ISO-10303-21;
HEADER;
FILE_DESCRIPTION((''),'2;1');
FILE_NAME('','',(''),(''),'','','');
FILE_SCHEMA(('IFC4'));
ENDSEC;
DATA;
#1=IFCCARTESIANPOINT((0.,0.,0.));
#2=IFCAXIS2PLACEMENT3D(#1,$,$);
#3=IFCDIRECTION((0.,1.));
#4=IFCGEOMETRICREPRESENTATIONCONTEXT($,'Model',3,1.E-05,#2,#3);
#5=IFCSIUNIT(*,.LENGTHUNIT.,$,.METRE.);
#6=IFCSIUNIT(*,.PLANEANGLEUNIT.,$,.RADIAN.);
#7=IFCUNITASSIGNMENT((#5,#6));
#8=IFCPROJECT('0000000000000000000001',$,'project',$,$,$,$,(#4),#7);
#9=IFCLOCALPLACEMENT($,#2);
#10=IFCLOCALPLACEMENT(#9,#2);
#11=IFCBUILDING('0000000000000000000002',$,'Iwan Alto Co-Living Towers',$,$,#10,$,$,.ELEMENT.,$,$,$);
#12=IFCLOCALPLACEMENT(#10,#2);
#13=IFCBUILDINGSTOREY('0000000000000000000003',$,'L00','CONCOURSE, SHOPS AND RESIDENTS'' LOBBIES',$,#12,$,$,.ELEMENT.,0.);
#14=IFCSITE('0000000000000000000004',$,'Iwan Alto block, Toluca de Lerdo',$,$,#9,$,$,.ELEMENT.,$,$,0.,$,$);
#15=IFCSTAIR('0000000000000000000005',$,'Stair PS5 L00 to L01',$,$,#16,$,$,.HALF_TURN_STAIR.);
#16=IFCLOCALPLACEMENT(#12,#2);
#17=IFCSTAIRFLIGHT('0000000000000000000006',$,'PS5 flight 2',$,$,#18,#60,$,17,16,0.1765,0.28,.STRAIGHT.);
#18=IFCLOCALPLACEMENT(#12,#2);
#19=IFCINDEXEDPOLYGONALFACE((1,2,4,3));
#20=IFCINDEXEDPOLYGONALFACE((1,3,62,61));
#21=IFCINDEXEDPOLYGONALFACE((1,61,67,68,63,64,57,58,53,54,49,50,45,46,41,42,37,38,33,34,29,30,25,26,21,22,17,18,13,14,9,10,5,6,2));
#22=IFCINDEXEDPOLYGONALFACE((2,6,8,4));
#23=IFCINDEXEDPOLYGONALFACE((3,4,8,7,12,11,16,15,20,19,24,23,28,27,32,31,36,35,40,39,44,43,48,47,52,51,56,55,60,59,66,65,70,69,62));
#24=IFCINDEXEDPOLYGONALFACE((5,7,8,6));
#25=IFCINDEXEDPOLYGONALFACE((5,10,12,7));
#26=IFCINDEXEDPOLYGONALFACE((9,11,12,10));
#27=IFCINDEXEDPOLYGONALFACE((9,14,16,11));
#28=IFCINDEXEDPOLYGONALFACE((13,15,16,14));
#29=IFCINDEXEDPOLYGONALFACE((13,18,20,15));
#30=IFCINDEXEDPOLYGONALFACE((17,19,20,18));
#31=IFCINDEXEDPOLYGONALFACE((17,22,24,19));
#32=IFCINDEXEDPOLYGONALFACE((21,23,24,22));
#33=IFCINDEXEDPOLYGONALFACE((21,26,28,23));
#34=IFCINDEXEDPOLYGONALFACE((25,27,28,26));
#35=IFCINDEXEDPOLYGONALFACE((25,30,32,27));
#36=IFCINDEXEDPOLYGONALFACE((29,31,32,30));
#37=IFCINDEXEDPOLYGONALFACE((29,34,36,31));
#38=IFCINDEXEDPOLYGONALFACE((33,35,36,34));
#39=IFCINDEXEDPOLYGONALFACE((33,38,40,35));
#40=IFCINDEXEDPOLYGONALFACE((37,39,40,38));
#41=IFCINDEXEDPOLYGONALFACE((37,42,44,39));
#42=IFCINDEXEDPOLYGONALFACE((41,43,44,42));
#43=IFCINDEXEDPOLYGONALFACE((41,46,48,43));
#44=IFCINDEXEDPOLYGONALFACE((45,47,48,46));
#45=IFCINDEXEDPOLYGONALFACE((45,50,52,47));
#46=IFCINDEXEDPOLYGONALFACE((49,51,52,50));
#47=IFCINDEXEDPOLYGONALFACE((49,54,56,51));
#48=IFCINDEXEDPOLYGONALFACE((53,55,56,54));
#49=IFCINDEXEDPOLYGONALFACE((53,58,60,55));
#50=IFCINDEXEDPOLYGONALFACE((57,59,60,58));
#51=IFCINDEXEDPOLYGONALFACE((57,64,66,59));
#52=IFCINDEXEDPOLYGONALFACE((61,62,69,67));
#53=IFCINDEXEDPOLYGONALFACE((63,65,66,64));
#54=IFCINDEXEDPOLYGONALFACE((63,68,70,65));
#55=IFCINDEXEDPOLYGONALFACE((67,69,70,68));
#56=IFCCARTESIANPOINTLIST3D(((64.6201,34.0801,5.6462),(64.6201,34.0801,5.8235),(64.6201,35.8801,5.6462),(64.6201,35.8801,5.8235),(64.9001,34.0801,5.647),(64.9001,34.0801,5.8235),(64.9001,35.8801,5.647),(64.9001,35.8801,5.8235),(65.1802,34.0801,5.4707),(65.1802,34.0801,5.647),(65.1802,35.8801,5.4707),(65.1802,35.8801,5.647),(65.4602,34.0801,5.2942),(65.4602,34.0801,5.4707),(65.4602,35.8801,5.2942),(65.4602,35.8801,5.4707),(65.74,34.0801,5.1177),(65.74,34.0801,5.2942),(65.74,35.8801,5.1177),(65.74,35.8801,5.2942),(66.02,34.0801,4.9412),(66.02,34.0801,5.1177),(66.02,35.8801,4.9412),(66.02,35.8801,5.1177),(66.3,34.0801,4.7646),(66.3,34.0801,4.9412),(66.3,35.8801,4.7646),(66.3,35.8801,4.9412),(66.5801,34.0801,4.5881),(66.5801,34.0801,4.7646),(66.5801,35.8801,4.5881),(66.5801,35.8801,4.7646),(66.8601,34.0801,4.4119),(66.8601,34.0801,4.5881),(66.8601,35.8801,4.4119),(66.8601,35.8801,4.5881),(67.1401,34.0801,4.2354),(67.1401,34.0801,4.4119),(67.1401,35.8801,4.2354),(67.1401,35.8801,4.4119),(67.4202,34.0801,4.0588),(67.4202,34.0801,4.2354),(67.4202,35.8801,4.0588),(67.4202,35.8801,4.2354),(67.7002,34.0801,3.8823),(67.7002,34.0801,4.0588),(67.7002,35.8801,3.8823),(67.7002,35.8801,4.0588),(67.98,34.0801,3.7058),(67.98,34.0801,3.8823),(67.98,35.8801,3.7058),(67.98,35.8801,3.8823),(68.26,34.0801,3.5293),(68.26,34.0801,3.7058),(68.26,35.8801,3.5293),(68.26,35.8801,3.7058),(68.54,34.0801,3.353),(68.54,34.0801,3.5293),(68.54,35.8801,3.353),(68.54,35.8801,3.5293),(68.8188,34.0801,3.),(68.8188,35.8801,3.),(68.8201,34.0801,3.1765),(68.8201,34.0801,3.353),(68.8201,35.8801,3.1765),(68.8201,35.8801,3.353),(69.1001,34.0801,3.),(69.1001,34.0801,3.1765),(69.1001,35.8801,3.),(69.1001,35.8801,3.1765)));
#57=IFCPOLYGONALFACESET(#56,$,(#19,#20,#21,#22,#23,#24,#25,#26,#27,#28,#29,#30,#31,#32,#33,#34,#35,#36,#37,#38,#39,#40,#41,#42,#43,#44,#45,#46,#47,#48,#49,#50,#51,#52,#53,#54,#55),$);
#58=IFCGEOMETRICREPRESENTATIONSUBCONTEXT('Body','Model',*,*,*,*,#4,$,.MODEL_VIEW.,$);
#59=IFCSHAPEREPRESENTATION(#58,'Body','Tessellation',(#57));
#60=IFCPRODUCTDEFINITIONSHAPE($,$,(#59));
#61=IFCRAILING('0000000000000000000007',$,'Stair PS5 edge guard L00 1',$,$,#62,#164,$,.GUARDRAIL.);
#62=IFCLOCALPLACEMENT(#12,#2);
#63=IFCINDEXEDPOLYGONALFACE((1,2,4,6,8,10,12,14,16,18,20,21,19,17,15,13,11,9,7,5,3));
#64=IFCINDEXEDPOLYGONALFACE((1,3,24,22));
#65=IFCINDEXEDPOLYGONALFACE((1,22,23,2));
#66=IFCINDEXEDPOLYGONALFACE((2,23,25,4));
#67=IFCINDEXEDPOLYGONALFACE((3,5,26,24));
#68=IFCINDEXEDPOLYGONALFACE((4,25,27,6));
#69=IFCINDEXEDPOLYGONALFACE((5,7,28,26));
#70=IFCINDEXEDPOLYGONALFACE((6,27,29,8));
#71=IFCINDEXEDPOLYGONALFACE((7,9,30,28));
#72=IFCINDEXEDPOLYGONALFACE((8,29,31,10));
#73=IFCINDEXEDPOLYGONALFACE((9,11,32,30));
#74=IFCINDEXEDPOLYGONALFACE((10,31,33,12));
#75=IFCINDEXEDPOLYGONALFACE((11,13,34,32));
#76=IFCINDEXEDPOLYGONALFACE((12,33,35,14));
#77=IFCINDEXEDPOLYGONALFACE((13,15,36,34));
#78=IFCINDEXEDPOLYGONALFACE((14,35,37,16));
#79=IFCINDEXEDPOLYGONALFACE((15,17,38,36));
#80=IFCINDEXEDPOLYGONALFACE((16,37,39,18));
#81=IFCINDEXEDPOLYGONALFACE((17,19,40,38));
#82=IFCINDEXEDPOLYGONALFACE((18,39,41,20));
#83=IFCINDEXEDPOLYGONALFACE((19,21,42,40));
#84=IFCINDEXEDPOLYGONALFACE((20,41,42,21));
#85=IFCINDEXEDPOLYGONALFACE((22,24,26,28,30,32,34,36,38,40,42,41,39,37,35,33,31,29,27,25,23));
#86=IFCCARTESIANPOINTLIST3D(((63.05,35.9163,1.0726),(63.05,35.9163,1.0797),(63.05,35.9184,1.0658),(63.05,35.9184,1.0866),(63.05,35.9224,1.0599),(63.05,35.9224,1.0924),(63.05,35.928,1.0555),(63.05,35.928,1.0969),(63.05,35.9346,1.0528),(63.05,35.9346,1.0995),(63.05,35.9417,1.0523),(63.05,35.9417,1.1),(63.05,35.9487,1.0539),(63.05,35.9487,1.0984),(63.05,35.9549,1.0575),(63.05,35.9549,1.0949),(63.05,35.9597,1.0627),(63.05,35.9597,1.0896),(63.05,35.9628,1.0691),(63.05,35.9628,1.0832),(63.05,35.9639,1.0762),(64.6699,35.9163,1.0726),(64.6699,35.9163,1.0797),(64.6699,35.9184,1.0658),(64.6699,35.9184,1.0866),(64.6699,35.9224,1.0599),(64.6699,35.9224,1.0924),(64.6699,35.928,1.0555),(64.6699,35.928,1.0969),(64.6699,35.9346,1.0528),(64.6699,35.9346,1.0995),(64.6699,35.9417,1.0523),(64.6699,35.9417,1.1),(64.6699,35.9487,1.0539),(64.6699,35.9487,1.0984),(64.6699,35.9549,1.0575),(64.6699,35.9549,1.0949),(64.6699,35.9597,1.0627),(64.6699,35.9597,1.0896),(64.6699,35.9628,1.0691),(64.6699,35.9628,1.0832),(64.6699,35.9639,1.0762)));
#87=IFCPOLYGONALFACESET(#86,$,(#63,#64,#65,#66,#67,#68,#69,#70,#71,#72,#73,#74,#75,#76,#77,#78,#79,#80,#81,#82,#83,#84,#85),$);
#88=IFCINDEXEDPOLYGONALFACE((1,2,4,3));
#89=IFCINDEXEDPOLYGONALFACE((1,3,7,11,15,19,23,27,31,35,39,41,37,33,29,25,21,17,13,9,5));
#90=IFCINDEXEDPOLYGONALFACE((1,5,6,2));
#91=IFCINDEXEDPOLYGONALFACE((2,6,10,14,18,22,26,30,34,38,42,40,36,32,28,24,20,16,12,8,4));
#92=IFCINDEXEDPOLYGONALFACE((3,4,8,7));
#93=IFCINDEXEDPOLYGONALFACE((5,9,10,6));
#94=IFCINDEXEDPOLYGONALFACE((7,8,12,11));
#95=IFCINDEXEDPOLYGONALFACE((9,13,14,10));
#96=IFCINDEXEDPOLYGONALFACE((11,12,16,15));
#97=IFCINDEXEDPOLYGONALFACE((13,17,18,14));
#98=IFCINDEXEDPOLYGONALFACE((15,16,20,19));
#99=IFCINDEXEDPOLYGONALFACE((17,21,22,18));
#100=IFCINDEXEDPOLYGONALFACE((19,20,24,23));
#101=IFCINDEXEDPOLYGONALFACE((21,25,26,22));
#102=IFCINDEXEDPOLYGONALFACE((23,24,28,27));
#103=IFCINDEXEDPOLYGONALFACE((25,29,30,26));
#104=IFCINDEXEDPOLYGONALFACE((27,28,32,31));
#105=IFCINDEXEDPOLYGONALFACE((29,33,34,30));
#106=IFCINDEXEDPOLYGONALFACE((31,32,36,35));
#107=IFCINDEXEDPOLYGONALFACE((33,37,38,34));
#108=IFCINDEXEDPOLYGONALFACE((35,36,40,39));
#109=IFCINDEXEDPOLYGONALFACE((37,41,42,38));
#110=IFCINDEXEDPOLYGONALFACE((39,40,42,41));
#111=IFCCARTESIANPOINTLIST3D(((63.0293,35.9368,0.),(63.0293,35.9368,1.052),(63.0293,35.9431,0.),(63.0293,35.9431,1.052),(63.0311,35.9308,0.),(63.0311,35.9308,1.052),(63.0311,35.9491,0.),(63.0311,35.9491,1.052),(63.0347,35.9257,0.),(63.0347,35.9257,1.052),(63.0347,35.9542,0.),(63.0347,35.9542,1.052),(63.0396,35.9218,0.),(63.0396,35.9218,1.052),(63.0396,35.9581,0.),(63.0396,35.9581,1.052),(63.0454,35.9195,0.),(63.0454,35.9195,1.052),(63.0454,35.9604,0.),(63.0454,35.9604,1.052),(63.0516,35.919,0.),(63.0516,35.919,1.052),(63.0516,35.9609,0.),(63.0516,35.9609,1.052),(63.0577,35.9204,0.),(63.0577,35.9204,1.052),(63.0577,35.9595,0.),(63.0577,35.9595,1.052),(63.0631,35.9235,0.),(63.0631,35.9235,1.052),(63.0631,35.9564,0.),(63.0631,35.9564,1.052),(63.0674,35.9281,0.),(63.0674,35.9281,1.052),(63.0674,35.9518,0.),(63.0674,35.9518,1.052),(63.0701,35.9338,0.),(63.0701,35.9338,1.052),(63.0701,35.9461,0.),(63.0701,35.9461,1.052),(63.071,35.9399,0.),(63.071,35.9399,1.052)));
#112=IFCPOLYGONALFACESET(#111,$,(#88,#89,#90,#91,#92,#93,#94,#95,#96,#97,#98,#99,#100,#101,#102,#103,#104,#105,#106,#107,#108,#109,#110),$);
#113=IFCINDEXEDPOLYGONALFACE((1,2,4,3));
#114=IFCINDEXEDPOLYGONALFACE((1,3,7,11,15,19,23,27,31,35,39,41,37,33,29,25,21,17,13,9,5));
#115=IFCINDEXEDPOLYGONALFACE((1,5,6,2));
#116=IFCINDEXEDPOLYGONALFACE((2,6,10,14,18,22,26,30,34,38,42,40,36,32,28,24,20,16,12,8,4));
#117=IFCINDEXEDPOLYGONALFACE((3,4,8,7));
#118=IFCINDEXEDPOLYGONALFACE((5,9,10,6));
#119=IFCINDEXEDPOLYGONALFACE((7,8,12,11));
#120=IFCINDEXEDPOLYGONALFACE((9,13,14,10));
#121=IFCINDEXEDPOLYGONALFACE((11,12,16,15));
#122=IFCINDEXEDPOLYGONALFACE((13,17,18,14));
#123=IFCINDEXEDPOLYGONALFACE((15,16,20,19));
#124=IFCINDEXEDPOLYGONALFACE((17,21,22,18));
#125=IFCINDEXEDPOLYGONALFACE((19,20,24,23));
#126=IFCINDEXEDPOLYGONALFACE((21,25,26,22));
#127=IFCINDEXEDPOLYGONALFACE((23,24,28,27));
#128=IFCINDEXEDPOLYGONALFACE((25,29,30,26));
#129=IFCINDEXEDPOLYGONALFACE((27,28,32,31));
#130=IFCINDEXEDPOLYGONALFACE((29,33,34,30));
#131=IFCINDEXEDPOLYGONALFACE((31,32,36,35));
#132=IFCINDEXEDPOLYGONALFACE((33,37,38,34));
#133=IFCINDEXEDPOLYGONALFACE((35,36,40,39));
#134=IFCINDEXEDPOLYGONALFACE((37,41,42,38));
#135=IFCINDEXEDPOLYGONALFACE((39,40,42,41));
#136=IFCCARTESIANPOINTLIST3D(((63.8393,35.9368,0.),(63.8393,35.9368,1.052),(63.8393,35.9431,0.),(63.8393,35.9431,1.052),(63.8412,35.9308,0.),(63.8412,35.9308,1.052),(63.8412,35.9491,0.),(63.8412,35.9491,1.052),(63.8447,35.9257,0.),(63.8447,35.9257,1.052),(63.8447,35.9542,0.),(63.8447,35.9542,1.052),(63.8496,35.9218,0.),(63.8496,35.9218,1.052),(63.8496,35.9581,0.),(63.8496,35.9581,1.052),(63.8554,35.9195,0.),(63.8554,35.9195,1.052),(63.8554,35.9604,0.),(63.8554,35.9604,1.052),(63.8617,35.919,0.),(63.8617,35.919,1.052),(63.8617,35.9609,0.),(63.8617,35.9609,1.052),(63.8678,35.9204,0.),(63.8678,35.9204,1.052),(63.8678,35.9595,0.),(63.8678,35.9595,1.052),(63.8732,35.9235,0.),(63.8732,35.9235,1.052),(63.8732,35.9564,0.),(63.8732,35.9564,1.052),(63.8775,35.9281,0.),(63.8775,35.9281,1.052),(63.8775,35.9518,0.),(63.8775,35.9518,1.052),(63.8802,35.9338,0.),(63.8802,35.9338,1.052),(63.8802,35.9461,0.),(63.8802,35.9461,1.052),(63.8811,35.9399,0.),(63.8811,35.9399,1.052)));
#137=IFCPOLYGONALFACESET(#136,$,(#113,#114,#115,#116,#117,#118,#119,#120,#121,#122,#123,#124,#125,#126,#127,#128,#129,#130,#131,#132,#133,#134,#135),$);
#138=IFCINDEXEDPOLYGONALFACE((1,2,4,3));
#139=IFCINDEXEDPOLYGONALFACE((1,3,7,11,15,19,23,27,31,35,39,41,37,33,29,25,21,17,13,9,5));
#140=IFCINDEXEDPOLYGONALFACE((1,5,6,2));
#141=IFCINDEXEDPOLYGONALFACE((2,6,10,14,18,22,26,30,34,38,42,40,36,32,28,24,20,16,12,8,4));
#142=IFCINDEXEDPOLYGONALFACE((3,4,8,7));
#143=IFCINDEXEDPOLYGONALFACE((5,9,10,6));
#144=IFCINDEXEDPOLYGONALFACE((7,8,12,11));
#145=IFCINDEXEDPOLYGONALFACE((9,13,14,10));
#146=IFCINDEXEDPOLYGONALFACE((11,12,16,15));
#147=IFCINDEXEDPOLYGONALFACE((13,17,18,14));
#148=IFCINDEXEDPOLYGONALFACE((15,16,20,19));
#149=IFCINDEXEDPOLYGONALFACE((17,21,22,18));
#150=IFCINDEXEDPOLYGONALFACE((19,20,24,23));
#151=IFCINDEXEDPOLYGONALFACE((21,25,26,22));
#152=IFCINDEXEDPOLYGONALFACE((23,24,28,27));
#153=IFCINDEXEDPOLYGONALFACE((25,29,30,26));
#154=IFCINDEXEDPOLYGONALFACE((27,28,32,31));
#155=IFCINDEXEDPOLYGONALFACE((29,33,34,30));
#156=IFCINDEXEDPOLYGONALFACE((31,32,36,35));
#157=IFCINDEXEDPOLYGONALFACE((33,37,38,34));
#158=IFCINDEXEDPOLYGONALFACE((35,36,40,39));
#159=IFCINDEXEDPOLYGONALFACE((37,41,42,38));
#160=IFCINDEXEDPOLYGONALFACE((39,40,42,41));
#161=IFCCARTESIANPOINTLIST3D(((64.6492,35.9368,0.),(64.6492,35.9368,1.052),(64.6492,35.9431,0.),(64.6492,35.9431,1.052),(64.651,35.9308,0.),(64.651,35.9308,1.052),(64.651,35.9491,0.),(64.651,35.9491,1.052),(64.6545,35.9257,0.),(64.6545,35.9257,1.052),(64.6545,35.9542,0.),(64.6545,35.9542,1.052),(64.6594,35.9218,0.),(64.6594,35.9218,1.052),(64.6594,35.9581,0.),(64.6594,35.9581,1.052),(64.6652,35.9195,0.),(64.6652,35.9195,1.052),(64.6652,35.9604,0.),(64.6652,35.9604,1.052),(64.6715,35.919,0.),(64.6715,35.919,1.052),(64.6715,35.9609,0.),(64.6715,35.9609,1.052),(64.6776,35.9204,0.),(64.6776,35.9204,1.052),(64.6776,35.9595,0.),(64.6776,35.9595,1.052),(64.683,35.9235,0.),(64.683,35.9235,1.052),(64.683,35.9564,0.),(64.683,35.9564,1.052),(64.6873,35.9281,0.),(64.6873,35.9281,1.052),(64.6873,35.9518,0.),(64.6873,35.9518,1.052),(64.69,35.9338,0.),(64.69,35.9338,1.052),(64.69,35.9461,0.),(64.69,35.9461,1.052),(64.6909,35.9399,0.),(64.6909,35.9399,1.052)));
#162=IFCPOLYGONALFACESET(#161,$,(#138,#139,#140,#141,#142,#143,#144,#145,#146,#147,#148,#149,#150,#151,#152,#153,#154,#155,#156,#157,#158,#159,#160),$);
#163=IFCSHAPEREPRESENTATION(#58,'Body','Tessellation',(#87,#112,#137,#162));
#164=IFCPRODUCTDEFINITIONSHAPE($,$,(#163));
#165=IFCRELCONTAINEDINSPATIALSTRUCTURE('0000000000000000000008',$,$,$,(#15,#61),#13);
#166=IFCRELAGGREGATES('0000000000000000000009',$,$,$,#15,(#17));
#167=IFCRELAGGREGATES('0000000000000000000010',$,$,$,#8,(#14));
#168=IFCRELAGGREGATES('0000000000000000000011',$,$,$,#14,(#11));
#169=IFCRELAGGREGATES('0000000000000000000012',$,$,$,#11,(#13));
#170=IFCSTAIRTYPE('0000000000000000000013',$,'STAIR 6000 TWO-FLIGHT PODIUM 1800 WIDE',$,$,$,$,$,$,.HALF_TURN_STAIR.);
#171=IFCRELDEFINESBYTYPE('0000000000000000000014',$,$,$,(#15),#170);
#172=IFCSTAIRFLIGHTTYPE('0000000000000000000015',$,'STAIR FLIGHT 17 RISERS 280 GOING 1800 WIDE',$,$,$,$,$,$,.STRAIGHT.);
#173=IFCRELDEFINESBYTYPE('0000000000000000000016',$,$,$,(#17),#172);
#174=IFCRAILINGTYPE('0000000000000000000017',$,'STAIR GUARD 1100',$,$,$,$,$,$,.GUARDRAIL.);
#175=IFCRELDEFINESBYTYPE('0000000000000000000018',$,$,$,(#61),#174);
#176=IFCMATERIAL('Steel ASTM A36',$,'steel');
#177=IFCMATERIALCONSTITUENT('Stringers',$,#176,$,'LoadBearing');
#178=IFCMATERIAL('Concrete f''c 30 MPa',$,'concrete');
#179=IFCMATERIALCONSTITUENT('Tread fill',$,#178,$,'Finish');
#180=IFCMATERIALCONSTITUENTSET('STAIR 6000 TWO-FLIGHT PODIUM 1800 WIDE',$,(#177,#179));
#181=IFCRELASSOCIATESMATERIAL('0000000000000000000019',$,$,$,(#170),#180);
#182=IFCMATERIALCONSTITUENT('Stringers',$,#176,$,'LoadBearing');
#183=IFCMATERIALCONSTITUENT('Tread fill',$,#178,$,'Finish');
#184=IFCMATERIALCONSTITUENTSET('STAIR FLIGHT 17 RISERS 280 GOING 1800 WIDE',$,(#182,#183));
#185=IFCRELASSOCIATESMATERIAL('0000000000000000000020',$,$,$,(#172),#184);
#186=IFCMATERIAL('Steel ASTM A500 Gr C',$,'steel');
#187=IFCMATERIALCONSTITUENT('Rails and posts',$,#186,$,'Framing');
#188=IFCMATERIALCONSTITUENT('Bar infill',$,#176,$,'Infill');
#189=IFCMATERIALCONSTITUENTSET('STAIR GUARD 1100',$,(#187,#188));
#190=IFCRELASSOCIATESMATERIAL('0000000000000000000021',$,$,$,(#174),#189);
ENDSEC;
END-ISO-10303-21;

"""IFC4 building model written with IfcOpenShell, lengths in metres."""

from ifc_helpers import new_model, si_unit, direction, frame, origin, origin_2d, place, context, subcontext, project, spatial, polyline, circle, outline, extrude, material, constituent, constituent_set, type_object, element, aggregate, save


model = new_model("IFC4")

# Units and contexts
model_context = context("Model", 3, precision=1e-05, world=origin(), true_north=direction((0.0, 1.0)))
body_context = subcontext(model_context, "Body", "Model", "MODEL_VIEW")
ifc_project = project(units=[si_unit("LENGTHUNIT", "METRE"), si_unit("PLANEANGLEUNIT", "RADIAN")], contexts=[model_context])

# Site, building, storey
site_placement = place(None, origin())
site = spatial("IfcSite", under=ifc_project, at=site_placement, Name="Iwan Alto block, Toluca de Lerdo", CompositionType="ELEMENT", RefElevation=0.0)
building_placement = place(site_placement, origin())
building = spatial("IfcBuilding", under=site, at=building_placement, Name="Iwan Alto Co-Living Towers", CompositionType="ELEMENT")
storey_placement = place(building_placement, origin())
storey = spatial("IfcBuildingStorey", under=building, at=storey_placement, Name="L00", Description="CONCOURSE, SHOPS AND RESIDENTS' LOBBIES", CompositionType="ELEMENT", Elevation=0.0)

# Stair, stair flight
ifc_material_1 = material(Name="Steel ASTM A36", Category="steel")
ifc_constituent_1 = constituent(ifc_material_1, Name="Stringers", Category="LoadBearing")
ifc_material_2 = material(Name="Concrete f'c 30 MPa", Category="concrete")
ifc_constituent_2 = constituent(ifc_material_2, Name="Tread fill", Category="Finish")
ifc_constituent_set_1 = constituent_set(constituents=[ifc_constituent_1, ifc_constituent_2], Name="STAIR 6000 TWO-FLIGHT PODIUM 1800 WIDE")
stair_type = type_object("IfcStairType", Name="STAIR 6000 TWO-FLIGHT PODIUM 1800 WIDE", PredefinedType="HALF_TURN_STAIR", material=ifc_constituent_set_1)
stair_placement = place(storey_placement, origin())
stair = element("IfcStair", 1, at=stair_placement, inside=storey, type_object=stair_type, Name="Stair PS5 L00 to L01", PredefinedType="HALF_TURN_STAIR")
ifc_constituent_3 = constituent(ifc_material_1, Name="Stringers", Category="LoadBearing")
ifc_constituent_4 = constituent(ifc_material_2, Name="Tread fill", Category="Finish")
ifc_constituent_set_2 = constituent_set(constituents=[ifc_constituent_3, ifc_constituent_4], Name="STAIR FLIGHT 17 RISERS 280 GOING 1800 WIDE")
stair_flight_type = type_object("IfcStairFlightType", Name="STAIR FLIGHT 17 RISERS 280 GOING 1800 WIDE", PredefinedType="STRAIGHT", material=ifc_constituent_set_2)
stair_flight_1_placement = place(storey_placement, frame((69.1001, 34.98, 3.0), z_axis=(0.0, 0.0, 1.0), x_axis=(-1.0, 0.0, 0.0)))
stair_flight_1 = element("IfcStairFlight", 2, at=stair_flight_1_placement, type_object=stair_flight_type, Name="PS5 flight 2", NumberOfRisers=17, NumberOfTreads=16, PredefinedType="STRAIGHT", RiserHeight=0.1765, TreadLength=0.28, context=body_context, shape_type="SweptSolid", body=[
    extrude(outline(polyline([(0.0, 0.0), (0.0, 0.1765), (0.28, 0.1765), (0.28, 0.353), (0.5601, 0.353), (0.5601, 0.5293), (0.8401, 0.5293), (0.8401, 0.7058), (1.1201, 0.7058), (1.1201, 0.8823), (1.3999, 0.8823), (1.3999, 1.0588), (1.6799, 1.0588), (1.6799, 1.2354), (1.96, 1.2354), (1.96, 1.4119), (2.24, 1.4119), (2.24, 1.5881), (2.52, 1.5881), (2.52, 1.7646), (2.8, 1.7646), (2.8, 1.9412), (3.0801, 1.9412), (3.0801, 2.1177), (3.3601, 2.1177), (3.3601, 2.2942), (3.6399, 2.2942), (3.6399, 2.4707), (3.9199, 2.4707), (3.9199, 2.647), (4.2, 2.647), (4.2, 2.8235), (4.48, 2.8235), (4.48, 3.0), (4.48, 2.6462), (0.2812, 0.0), (0.0, 0.0)])), frame((0.0, 0.8999, 0.0), z_axis=(0.0, -1.0, 0.0), x_axis=(1.0, 0.0, 0.0)), (0.0, 0.0, 1.0), 1.8),
])
aggregate(stair, [stair_flight_1])

# Railing
ifc_material_3 = material(Name="Steel ASTM A500 Gr C", Category="steel")
ifc_constituent_5 = constituent(ifc_material_3, Name="Rails and posts", Category="Framing")
ifc_constituent_6 = constituent(ifc_material_1, Name="Bar infill", Category="Infill")
ifc_constituent_set_3 = constituent_set(constituents=[ifc_constituent_5, ifc_constituent_6], Name="STAIR GUARD 1100")
railing_type_1 = type_object("IfcRailingType", Name="STAIR GUARD 1100", PredefinedType="GUARDRAIL", material=ifc_constituent_set_3)
railing_1_placement = place(storey_placement, frame((63.05, 35.9399, 0.0)))
element("IfcRailing", 3, at=railing_1_placement, inside=storey, type_object=railing_type_1, Name="Stair PS5 edge guard L00 1", PredefinedType="GUARDRAIL", context=body_context, shape_type="SweptSolid", body=[
    extrude(circle(Radius=0.0239, at=origin_2d()), frame((0.0, 0.0, 1.0762), z_axis=(1.0, 0.0, 0.0), x_axis=(0.0, 1.0, 0.0)), (0.0, 0.0, 1.0), 1.6199),
    extrude(circle(Radius=0.021, at=origin_2d()), origin(), (0.0, 0.0, 1.0), 1.052),
    extrude(circle(Radius=0.021, at=origin_2d()), frame((0.8101, 0.0, 0.0)), (0.0, 0.0, 1.0), 1.052),
    extrude(circle(Radius=0.021, at=origin_2d()), frame((1.6199, 0.0, 0.0)), (0.0, 0.0, 1.0), 1.052),
])

save(model, "model.ifc")
